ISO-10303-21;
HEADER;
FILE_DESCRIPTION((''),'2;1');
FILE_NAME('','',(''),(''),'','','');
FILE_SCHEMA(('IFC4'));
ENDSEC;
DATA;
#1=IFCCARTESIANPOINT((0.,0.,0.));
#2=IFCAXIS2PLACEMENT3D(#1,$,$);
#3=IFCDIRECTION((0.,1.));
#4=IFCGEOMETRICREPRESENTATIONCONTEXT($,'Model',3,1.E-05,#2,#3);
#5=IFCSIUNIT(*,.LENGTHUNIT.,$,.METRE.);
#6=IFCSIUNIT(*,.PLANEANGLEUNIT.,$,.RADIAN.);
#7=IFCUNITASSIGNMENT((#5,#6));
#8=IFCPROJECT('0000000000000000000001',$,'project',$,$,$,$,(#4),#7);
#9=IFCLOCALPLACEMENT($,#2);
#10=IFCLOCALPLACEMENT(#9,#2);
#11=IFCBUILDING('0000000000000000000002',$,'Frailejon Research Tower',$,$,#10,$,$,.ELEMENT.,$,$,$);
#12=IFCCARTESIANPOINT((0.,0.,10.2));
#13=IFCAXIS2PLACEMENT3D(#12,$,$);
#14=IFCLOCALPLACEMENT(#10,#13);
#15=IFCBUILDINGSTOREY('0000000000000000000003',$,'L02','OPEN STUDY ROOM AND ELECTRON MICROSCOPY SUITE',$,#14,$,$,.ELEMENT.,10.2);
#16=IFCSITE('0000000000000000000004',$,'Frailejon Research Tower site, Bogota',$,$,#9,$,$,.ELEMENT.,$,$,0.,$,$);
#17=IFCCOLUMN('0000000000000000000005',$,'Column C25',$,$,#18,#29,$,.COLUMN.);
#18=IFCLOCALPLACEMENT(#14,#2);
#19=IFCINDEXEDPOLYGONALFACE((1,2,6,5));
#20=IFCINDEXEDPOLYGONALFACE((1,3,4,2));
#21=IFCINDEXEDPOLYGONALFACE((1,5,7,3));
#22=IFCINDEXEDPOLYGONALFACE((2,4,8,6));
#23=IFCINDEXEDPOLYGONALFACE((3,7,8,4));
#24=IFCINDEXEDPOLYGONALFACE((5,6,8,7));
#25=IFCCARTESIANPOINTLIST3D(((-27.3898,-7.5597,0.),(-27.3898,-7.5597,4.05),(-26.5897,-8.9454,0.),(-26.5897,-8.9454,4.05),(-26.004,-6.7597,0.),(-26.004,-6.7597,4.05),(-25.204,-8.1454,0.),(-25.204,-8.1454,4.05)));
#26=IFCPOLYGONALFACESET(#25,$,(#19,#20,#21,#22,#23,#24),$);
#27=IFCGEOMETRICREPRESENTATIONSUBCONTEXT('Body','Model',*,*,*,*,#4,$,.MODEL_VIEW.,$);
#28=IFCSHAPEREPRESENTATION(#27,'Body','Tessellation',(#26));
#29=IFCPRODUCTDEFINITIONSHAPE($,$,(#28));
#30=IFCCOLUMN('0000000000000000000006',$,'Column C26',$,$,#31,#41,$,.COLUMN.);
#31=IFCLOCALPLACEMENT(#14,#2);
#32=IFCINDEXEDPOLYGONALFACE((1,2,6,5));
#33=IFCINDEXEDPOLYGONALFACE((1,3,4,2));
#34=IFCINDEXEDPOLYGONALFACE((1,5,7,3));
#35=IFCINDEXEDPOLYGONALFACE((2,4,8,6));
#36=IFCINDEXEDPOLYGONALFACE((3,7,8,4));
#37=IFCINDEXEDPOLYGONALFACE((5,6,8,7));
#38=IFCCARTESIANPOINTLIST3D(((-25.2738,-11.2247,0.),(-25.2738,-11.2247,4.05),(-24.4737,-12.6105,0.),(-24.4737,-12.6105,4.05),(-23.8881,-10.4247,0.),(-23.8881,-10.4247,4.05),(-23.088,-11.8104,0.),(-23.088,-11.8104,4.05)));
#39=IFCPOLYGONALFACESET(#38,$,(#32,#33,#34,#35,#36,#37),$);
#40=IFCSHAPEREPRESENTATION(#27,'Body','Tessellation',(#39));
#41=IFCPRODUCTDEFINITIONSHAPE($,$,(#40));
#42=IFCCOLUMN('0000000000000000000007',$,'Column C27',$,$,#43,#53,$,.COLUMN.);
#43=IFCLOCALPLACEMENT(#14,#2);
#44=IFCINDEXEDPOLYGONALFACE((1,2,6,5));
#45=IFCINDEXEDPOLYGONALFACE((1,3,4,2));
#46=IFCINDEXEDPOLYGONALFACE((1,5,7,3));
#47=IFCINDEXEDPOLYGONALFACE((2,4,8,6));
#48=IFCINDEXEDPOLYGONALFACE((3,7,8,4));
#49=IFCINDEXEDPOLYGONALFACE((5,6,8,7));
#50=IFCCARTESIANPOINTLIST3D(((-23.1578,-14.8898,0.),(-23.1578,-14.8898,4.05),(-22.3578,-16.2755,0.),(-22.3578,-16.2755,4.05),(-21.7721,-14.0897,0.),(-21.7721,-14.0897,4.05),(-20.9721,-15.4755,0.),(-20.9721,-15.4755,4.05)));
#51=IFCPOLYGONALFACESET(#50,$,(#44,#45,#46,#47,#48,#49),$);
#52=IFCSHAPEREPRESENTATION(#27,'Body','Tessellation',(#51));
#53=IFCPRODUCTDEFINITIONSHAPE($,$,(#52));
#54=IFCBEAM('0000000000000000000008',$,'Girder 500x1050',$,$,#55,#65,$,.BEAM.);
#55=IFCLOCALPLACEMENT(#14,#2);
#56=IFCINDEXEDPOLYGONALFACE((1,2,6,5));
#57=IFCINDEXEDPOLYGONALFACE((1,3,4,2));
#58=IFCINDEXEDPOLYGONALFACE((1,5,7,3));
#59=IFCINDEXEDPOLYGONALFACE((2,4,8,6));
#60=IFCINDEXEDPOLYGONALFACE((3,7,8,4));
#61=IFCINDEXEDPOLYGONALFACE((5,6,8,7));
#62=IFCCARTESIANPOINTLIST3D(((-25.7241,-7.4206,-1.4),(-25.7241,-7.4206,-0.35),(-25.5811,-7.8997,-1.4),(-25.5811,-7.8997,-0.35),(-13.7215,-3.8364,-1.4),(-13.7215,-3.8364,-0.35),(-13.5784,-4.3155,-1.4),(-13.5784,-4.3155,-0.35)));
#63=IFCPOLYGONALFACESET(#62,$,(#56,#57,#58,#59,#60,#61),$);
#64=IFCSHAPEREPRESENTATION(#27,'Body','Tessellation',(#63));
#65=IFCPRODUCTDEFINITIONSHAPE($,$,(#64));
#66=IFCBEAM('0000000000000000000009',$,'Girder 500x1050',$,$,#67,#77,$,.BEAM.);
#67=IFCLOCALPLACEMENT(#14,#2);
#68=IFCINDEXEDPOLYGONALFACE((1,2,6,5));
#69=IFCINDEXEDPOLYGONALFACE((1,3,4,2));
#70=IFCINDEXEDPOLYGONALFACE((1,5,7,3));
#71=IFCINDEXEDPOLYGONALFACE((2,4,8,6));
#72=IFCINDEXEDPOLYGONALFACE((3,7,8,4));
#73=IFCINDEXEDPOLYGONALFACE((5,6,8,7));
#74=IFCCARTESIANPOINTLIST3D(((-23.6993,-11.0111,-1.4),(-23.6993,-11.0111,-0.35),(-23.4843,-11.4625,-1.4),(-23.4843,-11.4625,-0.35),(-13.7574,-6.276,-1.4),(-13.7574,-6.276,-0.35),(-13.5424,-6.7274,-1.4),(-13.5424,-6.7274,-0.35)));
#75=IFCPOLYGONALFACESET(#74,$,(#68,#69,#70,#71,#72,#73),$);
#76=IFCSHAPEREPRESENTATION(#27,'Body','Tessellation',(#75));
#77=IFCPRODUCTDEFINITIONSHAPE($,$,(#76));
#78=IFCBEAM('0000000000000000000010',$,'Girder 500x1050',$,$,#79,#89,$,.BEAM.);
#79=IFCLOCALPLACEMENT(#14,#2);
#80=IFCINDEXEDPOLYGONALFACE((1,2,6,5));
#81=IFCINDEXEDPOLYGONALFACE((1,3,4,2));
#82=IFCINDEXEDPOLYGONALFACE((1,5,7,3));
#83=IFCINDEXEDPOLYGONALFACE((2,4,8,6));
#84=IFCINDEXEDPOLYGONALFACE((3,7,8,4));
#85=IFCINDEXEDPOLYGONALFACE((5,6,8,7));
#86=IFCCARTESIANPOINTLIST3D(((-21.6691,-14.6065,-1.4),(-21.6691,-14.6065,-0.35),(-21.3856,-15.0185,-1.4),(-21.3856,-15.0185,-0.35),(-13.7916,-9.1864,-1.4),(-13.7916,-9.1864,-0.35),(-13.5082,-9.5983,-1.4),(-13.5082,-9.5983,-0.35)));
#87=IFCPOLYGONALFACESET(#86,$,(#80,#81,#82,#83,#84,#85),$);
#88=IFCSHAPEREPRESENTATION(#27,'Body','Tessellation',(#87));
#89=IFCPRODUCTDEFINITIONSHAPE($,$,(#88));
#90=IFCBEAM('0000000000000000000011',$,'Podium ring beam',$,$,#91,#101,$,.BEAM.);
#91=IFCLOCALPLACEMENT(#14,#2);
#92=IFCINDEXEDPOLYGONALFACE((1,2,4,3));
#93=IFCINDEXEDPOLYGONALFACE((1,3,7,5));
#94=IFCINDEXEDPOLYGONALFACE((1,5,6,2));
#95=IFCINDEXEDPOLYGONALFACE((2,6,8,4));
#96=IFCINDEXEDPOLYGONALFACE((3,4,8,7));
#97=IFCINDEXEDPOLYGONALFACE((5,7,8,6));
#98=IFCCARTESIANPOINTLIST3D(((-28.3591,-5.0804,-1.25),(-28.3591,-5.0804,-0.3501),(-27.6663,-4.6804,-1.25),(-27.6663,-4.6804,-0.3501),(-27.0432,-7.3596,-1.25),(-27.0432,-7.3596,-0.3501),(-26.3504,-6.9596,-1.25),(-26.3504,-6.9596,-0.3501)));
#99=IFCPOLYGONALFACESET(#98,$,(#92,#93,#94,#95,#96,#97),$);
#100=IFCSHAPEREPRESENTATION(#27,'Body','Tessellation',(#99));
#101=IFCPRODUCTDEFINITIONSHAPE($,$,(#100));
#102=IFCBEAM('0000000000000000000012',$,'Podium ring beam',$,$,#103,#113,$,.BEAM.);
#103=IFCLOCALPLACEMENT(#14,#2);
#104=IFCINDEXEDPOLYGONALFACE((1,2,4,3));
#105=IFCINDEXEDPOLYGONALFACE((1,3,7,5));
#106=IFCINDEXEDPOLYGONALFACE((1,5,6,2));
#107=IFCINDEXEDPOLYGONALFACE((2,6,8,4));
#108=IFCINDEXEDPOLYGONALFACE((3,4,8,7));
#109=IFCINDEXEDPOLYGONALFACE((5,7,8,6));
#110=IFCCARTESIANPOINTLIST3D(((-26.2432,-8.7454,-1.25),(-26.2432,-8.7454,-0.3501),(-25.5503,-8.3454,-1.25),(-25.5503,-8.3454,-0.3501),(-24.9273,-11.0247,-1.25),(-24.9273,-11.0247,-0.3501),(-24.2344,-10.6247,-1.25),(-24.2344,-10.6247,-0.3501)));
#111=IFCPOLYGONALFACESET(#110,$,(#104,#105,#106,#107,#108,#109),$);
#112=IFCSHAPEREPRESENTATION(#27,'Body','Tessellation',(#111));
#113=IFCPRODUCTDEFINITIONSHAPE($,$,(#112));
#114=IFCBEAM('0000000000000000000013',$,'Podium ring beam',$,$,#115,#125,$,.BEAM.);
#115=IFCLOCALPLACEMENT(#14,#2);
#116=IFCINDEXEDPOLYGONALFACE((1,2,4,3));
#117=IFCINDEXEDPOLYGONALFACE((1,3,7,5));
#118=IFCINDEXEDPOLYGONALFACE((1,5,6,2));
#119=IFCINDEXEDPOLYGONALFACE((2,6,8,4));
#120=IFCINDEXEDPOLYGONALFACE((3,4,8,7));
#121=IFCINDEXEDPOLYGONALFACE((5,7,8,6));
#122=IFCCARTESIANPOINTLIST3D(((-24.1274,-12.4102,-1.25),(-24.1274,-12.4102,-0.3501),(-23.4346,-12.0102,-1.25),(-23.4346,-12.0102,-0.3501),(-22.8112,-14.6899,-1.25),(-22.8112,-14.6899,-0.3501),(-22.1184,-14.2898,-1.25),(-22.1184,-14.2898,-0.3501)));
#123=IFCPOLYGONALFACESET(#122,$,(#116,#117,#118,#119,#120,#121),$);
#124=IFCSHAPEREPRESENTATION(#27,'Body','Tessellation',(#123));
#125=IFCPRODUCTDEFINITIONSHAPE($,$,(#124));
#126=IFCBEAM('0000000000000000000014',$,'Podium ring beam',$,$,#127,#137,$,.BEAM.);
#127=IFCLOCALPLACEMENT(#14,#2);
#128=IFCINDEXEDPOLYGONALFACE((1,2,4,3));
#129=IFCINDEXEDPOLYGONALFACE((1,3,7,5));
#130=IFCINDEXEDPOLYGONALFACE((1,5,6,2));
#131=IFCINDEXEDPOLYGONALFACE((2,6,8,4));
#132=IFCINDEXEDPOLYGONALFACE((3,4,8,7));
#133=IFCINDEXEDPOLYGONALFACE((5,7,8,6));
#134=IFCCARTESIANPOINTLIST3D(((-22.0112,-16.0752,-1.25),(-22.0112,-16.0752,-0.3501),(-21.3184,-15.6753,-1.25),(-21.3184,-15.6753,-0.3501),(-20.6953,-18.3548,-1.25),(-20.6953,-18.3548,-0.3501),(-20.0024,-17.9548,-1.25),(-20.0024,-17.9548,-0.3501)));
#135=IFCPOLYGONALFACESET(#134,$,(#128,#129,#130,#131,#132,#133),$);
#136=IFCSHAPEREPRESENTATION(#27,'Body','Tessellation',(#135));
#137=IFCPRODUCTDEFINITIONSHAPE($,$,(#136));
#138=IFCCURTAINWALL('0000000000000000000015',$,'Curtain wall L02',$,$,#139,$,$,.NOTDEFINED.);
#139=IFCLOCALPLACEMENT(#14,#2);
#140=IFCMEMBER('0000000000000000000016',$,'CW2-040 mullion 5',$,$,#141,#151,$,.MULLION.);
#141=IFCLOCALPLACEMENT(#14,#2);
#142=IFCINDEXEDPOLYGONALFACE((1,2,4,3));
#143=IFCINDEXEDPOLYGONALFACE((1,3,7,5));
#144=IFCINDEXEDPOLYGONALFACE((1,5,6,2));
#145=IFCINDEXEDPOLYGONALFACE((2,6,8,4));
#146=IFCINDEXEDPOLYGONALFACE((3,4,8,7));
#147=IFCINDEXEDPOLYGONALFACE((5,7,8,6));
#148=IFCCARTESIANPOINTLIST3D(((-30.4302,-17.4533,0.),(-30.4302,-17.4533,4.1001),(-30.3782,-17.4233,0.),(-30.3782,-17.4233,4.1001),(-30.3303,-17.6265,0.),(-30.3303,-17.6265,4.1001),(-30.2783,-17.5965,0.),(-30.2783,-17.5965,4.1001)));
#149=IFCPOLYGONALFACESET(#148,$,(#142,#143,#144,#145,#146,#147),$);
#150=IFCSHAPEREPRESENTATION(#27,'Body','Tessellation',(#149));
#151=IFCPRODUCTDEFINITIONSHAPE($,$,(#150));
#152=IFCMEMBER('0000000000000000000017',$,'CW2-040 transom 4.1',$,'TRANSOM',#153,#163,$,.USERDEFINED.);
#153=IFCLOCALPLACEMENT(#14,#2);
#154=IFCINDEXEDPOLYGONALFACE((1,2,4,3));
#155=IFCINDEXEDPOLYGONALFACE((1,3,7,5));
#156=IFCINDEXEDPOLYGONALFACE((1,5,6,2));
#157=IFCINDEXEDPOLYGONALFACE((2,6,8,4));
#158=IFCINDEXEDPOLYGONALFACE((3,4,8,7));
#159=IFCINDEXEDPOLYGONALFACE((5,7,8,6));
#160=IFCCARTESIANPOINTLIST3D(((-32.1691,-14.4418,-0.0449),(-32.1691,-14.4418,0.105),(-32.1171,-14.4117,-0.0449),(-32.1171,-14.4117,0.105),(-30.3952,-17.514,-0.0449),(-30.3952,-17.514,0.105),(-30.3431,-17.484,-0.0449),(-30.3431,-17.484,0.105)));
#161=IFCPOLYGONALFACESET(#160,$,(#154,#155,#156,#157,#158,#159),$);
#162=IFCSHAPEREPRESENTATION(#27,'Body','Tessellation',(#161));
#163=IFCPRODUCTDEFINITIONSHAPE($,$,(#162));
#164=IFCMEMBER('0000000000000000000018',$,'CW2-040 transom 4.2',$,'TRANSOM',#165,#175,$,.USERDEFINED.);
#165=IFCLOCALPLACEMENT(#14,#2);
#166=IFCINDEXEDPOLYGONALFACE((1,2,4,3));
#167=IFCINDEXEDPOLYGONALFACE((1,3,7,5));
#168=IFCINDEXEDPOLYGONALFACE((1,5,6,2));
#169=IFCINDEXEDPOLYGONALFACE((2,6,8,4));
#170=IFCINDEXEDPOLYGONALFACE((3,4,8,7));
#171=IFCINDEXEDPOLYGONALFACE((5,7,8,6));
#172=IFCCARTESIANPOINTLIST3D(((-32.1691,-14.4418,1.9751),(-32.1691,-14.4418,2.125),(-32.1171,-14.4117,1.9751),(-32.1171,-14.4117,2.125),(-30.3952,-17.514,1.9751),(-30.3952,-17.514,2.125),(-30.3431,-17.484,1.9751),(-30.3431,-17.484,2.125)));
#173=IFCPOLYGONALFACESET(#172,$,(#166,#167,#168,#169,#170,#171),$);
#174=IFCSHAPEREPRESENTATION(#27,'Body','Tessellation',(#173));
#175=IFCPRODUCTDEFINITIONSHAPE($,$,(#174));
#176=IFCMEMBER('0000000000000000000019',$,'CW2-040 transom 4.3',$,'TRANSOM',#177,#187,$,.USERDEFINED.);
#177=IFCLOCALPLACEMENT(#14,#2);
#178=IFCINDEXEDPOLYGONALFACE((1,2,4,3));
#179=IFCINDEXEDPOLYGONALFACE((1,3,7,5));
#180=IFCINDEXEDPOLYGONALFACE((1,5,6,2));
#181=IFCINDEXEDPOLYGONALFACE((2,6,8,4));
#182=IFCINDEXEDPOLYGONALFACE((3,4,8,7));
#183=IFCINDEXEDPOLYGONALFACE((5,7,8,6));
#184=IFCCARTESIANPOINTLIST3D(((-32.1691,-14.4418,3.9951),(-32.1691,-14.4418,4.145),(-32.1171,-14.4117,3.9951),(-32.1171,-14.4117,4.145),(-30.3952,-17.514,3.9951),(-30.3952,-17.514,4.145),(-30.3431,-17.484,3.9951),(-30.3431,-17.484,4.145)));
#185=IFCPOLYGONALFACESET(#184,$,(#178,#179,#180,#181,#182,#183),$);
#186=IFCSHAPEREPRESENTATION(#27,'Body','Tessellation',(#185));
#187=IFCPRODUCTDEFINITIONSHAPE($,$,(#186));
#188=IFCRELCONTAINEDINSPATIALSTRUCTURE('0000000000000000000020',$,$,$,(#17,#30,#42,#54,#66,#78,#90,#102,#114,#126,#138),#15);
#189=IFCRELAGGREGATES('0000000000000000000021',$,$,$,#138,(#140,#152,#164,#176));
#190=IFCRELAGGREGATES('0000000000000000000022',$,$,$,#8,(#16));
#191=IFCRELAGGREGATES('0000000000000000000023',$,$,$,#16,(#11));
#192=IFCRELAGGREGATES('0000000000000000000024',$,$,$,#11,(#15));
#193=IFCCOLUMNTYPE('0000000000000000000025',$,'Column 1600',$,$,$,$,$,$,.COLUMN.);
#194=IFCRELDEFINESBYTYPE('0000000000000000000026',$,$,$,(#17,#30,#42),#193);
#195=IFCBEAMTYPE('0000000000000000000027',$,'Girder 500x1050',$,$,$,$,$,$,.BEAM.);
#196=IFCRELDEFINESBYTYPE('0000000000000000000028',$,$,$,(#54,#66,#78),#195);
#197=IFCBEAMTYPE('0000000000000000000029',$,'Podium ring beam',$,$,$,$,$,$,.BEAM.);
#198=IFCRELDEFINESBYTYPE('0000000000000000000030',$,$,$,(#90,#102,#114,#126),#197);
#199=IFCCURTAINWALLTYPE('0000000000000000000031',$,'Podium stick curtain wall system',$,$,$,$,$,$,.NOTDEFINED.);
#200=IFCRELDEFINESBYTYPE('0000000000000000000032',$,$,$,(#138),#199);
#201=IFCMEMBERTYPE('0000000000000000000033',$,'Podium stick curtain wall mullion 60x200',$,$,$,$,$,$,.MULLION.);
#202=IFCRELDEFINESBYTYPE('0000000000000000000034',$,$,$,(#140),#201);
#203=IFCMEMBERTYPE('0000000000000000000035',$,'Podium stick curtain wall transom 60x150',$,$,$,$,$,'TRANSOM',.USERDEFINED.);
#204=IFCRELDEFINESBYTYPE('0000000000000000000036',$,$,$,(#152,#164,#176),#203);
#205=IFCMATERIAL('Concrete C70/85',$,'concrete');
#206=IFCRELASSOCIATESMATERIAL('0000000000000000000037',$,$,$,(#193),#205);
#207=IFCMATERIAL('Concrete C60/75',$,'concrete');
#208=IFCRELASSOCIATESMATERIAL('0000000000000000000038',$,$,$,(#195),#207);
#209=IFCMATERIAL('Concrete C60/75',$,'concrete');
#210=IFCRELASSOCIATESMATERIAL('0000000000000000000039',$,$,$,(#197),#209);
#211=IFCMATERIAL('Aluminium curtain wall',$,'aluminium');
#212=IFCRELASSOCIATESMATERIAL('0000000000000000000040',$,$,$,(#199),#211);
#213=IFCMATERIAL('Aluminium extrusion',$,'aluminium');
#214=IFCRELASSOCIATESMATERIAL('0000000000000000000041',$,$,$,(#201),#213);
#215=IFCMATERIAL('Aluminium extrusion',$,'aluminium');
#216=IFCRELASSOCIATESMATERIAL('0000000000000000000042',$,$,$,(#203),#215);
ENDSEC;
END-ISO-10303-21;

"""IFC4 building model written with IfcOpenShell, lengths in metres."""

from ifc_helpers import new_model, si_unit, direction, frame, origin, origin_2d, place, context, subcontext, project, spatial, rectangle, extrude, material, material_profile, profile_set, type_object, element, aggregate, save


model = new_model("IFC4")

# Units and contexts
model_context = context("Model", 3, precision=1e-05, world=origin(), true_north=direction((0.0, 1.0)))
body_context = subcontext(model_context, "Body", "Model", "MODEL_VIEW")
ifc_project = project(units=[si_unit("LENGTHUNIT", "METRE"), si_unit("PLANEANGLEUNIT", "RADIAN")], contexts=[model_context])

# Site, building, storey
site_placement = place(None, origin())
site = spatial("IfcSite", under=ifc_project, at=site_placement, Name="Frailejon Research Tower site, Bogota", CompositionType="ELEMENT", RefElevation=0.0)
building_placement = place(site_placement, origin())
building = spatial("IfcBuilding", under=site, at=building_placement, Name="Frailejon Research Tower", CompositionType="ELEMENT")
storey_placement = place(building_placement, frame((0.0, 0.0, 10.2)))
storey = spatial("IfcBuildingStorey", under=building, at=storey_placement, Name="L02", Description="OPEN STUDY ROOM AND ELECTRON MICROSCOPY SUITE", CompositionType="ELEMENT", Elevation=10.2)

# Columns
ifc_material_1 = material(Name="Concrete C70/85", Category="concrete")
ifc_material_profile_1 = material_profile(ifc_material_1, rectangle(XDim=1.6001, YDim=1.6001, at=origin_2d()), Name="Column 1600")
ifc_profile_set_1 = profile_set([ifc_material_profile_1], Name="Concrete C70/85")
column_type = type_object("IfcColumnType", Name="Column 1600", PredefinedType="COLUMN", material=ifc_profile_set_1)
for number, where, z_axis, x_axis, name in (
    (1, (-26.2969, -7.8525, 0.0), (0.0, 0.0, 1.0), (0.5, -0.866025, 0.0), "Column C25"),
    (2, (-24.1809, -11.5176, 0.0), (0.0, 0.0, 1.0), (0.5, -0.866025, 0.0), "Column C26"),
    (3, (-22.0649, -15.1826, 0.0), (0.0, 0.0, 1.0), (0.5, -0.866025, 0.0), "Column C27"),
):
    element("IfcColumn", number, at=place(storey_placement, frame(where, z_axis=z_axis, x_axis=x_axis)), inside=storey, type_object=column_type, Name=name, PredefinedType="COLUMN", context=body_context, shape_type="SweptSolid", body=[
        extrude(rectangle(XDim=1.6001, YDim=1.6001, at=origin_2d()), origin(), (0.0, 0.0, 1.0), 4.05),
    ])

# Beams
ifc_material_2 = material(Name="Concrete C60/75", Category="concrete")
ifc_material_profile_2 = material_profile(ifc_material_2, rectangle(XDim=0.5, YDim=1.05, at=origin_2d()), Name="Girder 500x1050")
ifc_profile_set_2 = profile_set([ifc_material_profile_2], Name="Concrete C60/75")
beam_type_1 = type_object("IfcBeamType", Name="Girder 500x1050", PredefinedType="BEAM", material=ifc_profile_set_2)
beam_1_placement = place(storey_placement, frame((-25.6526, -7.6602, -0.875), z_axis=(0.95819, 0.286134, 0.0), x_axis=(-0.286134, 0.95819, 0.0)))
element("IfcBeam", 4, at=beam_1_placement, inside=storey, type_object=beam_type_1, Name="Girder 500x1050", PredefinedType="BEAM", context=body_context, shape_type="SweptSolid", body=[
    extrude(rectangle(XDim=0.5, YDim=1.05, at=origin_2d()), origin(), (0.0, 0.0, 1.0), 12.5264),
])
beam_2_placement = place(storey_placement, frame((-23.5918, -11.2368, -0.875), z_axis=(0.90283, 0.429998, 0.0), x_axis=(-0.429998, 0.90283, 0.0)))
element("IfcBeam", 5, at=beam_2_placement, inside=storey, type_object=beam_type_1, Name="Girder 500x1050", PredefinedType="BEAM", context=body_context, shape_type="SweptSolid", body=[
    extrude(rectangle(XDim=0.5, YDim=1.05, at=origin_2d()), origin(), (0.0, 0.0, 1.0), 11.012),
])
beam_3_placement = place(storey_placement, frame((-21.5273, -14.8125, -0.875), z_axis=(0.823826, 0.566843, 0.0), x_axis=(-0.566843, 0.823826, 0.0)))
element("IfcBeam", 6, at=beam_3_placement, inside=storey, type_object=beam_type_1, Name="Girder 500x1050", PredefinedType="BEAM", context=body_context, shape_type="SweptSolid", body=[
    extrude(rectangle(XDim=0.5, YDim=1.05, at=origin_2d()), origin(), (0.0, 0.0, 1.0), 9.562),
])
ifc_material_3 = material(Name="Concrete C60/75", Category="concrete")
ifc_material_profile_3 = material_profile(ifc_material_3, rectangle(XDim=0.8, YDim=0.8999, at=origin_2d()), Name="Podium ring beam")
ifc_profile_set_3 = profile_set([ifc_material_profile_3], Name="Concrete C60/75")
beam_type_2 = type_object("IfcBeamType", Name="Podium ring beam", PredefinedType="BEAM", material=ifc_profile_set_3)
for number, where, z_axis, x_axis, name in (
    (7, (-28.0127, -4.8804, -0.8), (0.49999, -0.866031, 0.0), (0.866031, 0.49999, 0.0), "Podium ring beam"),
    (8, (-25.8967, -8.5454, -0.8), (0.49999, -0.866031, 0.0), (0.866031, 0.49999, 0.0), "Podium ring beam"),
):
    element("IfcBeam", number, at=place(storey_placement, frame(where, z_axis=z_axis, x_axis=x_axis)), inside=storey, type_object=beam_type_2, Name=name, PredefinedType="BEAM", context=body_context, shape_type="SweptSolid", body=[
        extrude(rectangle(XDim=0.8, YDim=0.8999, at=origin_2d()), origin(), (0.0, 0.0, 1.0), 2.6318),
    ])
beam_4_placement = place(storey_placement, frame((-23.781, -12.2102, -0.8), z_axis=(0.50002, -0.866014, 0.0), x_axis=(0.866014, 0.50002, 0.0)))
element("IfcBeam", 9, at=beam_4_placement, inside=storey, type_object=beam_type_2, Name="Podium ring beam", PredefinedType="BEAM", context=body_context, shape_type="SweptSolid", body=[
    extrude(rectangle(XDim=0.8, YDim=0.8999, at=origin_2d()), origin(), (0.0, 0.0, 1.0), 2.6323),
])
beam_5_placement = place(storey_placement, frame((-21.6648, -15.8752, -0.8), z_axis=(0.49995, -0.866054, 0.0), x_axis=(0.866054, 0.49995, 0.0)))
element("IfcBeam", 10, at=beam_5_placement, inside=storey, type_object=beam_type_2, Name="Podium ring beam", PredefinedType="BEAM", context=body_context, shape_type="SweptSolid", body=[
    extrude(rectangle(XDim=0.8, YDim=0.8999, at=origin_2d()), origin(), (0.0, 0.0, 1.0), 2.6321),
])

# Curtain wall, members
ifc_material_4 = material(Name="Aluminium curtain wall", Category="aluminium")
curtain_wall_type = type_object("IfcCurtainWallType", Name="Podium stick curtain wall system", PredefinedType="NOTDEFINED", material=ifc_material_4)
curtain_wall_placement = place(storey_placement, origin())
curtain_wall = element("IfcCurtainWall", 11, at=curtain_wall_placement, inside=storey, type_object=curtain_wall_type, Name="Curtain wall L02", PredefinedType="NOTDEFINED")
ifc_material_5 = material(Name="Aluminium extrusion", Category="aluminium")
ifc_material_profile_4 = material_profile(ifc_material_5, rectangle(XDim=0.0601, YDim=0.2, at=origin_2d()), Name="Podium stick curtain wall mullion 60x200")
ifc_profile_set_4 = profile_set([ifc_material_profile_4], Name="Aluminium extrusion")
member_type_1 = type_object("IfcMemberType", Name="Podium stick curtain wall mullion 60x200", PredefinedType="MULLION", material=ifc_profile_set_4)
member_1_placement = place(storey_placement, frame((-30.3542, -17.5249, 0.0), z_axis=(0.0, 0.0, 1.0), x_axis=(0.866026, 0.499998, 0.0)))
member_1 = element("IfcMember", 12, at=member_1_placement, type_object=member_type_1, Name="CW2-040 mullion 5", PredefinedType="MULLION", context=body_context, shape_type="SweptSolid", body=[
    extrude(rectangle(XDim=0.0601, YDim=0.2, at=origin_2d()), origin(), (0.0, 0.0, 1.0), 4.1001),
])
ifc_material_6 = material(Name="Aluminium extrusion", Category="aluminium")
ifc_material_profile_5 = material_profile(ifc_material_6, rectangle(XDim=0.0601, YDim=0.1499, at=origin_2d()), Name="Podium stick curtain wall transom 60x150")
ifc_profile_set_5 = profile_set([ifc_material_profile_5], Name="Aluminium extrusion")
member_type_2 = type_object("IfcMemberType", Name="Podium stick curtain wall transom 60x150", ElementType="TRANSOM", PredefinedType="USERDEFINED", material=ifc_profile_set_5)
member_2_placement = place(storey_placement, frame((-32.1431, -14.4268, 0.03), z_axis=(0.500032, -0.866007, 0.0), x_axis=(0.866007, 0.500032, 0.0)))
member_2 = element("IfcMember", 13, at=member_2_placement, type_object=member_type_2, Name="CW2-040 transom 4.1", ObjectType="TRANSOM", PredefinedType="USERDEFINED", context=body_context, shape_type="SweptSolid", body=[
    extrude(rectangle(XDim=0.0601, YDim=0.1499, at=origin_2d()), origin(), (0.0, 0.0, 1.0), 3.5476),
])
member_3_placement = place(storey_placement, frame((-32.1431, -14.4268, 2.05), z_axis=(0.500032, -0.866007, 0.0), x_axis=(0.866007, 0.500032, 0.0)))
member_3 = element("IfcMember", 14, at=member_3_placement, type_object=member_type_2, Name="CW2-040 transom 4.2", ObjectType="TRANSOM", PredefinedType="USERDEFINED", context=body_context, shape_type="SweptSolid", body=[
    extrude(rectangle(XDim=0.0601, YDim=0.1499, at=origin_2d()), origin(), (0.0, 0.0, 1.0), 3.5476),
])
member_4_placement = place(storey_placement, frame((-32.1431, -14.4268, 4.0701), z_axis=(0.500032, -0.866007, 0.0), x_axis=(0.866007, 0.500032, 0.0)))
member_4 = element("IfcMember", 15, at=member_4_placement, type_object=member_type_2, Name="CW2-040 transom 4.3", ObjectType="TRANSOM", PredefinedType="USERDEFINED", context=body_context, shape_type="SweptSolid", body=[
    extrude(rectangle(XDim=0.0601, YDim=0.1499, at=origin_2d()), origin(), (0.0, 0.0, 1.0), 3.5476),
])
aggregate(curtain_wall, [member_1, member_2, member_3, member_4])

save(model, "model.ifc")
